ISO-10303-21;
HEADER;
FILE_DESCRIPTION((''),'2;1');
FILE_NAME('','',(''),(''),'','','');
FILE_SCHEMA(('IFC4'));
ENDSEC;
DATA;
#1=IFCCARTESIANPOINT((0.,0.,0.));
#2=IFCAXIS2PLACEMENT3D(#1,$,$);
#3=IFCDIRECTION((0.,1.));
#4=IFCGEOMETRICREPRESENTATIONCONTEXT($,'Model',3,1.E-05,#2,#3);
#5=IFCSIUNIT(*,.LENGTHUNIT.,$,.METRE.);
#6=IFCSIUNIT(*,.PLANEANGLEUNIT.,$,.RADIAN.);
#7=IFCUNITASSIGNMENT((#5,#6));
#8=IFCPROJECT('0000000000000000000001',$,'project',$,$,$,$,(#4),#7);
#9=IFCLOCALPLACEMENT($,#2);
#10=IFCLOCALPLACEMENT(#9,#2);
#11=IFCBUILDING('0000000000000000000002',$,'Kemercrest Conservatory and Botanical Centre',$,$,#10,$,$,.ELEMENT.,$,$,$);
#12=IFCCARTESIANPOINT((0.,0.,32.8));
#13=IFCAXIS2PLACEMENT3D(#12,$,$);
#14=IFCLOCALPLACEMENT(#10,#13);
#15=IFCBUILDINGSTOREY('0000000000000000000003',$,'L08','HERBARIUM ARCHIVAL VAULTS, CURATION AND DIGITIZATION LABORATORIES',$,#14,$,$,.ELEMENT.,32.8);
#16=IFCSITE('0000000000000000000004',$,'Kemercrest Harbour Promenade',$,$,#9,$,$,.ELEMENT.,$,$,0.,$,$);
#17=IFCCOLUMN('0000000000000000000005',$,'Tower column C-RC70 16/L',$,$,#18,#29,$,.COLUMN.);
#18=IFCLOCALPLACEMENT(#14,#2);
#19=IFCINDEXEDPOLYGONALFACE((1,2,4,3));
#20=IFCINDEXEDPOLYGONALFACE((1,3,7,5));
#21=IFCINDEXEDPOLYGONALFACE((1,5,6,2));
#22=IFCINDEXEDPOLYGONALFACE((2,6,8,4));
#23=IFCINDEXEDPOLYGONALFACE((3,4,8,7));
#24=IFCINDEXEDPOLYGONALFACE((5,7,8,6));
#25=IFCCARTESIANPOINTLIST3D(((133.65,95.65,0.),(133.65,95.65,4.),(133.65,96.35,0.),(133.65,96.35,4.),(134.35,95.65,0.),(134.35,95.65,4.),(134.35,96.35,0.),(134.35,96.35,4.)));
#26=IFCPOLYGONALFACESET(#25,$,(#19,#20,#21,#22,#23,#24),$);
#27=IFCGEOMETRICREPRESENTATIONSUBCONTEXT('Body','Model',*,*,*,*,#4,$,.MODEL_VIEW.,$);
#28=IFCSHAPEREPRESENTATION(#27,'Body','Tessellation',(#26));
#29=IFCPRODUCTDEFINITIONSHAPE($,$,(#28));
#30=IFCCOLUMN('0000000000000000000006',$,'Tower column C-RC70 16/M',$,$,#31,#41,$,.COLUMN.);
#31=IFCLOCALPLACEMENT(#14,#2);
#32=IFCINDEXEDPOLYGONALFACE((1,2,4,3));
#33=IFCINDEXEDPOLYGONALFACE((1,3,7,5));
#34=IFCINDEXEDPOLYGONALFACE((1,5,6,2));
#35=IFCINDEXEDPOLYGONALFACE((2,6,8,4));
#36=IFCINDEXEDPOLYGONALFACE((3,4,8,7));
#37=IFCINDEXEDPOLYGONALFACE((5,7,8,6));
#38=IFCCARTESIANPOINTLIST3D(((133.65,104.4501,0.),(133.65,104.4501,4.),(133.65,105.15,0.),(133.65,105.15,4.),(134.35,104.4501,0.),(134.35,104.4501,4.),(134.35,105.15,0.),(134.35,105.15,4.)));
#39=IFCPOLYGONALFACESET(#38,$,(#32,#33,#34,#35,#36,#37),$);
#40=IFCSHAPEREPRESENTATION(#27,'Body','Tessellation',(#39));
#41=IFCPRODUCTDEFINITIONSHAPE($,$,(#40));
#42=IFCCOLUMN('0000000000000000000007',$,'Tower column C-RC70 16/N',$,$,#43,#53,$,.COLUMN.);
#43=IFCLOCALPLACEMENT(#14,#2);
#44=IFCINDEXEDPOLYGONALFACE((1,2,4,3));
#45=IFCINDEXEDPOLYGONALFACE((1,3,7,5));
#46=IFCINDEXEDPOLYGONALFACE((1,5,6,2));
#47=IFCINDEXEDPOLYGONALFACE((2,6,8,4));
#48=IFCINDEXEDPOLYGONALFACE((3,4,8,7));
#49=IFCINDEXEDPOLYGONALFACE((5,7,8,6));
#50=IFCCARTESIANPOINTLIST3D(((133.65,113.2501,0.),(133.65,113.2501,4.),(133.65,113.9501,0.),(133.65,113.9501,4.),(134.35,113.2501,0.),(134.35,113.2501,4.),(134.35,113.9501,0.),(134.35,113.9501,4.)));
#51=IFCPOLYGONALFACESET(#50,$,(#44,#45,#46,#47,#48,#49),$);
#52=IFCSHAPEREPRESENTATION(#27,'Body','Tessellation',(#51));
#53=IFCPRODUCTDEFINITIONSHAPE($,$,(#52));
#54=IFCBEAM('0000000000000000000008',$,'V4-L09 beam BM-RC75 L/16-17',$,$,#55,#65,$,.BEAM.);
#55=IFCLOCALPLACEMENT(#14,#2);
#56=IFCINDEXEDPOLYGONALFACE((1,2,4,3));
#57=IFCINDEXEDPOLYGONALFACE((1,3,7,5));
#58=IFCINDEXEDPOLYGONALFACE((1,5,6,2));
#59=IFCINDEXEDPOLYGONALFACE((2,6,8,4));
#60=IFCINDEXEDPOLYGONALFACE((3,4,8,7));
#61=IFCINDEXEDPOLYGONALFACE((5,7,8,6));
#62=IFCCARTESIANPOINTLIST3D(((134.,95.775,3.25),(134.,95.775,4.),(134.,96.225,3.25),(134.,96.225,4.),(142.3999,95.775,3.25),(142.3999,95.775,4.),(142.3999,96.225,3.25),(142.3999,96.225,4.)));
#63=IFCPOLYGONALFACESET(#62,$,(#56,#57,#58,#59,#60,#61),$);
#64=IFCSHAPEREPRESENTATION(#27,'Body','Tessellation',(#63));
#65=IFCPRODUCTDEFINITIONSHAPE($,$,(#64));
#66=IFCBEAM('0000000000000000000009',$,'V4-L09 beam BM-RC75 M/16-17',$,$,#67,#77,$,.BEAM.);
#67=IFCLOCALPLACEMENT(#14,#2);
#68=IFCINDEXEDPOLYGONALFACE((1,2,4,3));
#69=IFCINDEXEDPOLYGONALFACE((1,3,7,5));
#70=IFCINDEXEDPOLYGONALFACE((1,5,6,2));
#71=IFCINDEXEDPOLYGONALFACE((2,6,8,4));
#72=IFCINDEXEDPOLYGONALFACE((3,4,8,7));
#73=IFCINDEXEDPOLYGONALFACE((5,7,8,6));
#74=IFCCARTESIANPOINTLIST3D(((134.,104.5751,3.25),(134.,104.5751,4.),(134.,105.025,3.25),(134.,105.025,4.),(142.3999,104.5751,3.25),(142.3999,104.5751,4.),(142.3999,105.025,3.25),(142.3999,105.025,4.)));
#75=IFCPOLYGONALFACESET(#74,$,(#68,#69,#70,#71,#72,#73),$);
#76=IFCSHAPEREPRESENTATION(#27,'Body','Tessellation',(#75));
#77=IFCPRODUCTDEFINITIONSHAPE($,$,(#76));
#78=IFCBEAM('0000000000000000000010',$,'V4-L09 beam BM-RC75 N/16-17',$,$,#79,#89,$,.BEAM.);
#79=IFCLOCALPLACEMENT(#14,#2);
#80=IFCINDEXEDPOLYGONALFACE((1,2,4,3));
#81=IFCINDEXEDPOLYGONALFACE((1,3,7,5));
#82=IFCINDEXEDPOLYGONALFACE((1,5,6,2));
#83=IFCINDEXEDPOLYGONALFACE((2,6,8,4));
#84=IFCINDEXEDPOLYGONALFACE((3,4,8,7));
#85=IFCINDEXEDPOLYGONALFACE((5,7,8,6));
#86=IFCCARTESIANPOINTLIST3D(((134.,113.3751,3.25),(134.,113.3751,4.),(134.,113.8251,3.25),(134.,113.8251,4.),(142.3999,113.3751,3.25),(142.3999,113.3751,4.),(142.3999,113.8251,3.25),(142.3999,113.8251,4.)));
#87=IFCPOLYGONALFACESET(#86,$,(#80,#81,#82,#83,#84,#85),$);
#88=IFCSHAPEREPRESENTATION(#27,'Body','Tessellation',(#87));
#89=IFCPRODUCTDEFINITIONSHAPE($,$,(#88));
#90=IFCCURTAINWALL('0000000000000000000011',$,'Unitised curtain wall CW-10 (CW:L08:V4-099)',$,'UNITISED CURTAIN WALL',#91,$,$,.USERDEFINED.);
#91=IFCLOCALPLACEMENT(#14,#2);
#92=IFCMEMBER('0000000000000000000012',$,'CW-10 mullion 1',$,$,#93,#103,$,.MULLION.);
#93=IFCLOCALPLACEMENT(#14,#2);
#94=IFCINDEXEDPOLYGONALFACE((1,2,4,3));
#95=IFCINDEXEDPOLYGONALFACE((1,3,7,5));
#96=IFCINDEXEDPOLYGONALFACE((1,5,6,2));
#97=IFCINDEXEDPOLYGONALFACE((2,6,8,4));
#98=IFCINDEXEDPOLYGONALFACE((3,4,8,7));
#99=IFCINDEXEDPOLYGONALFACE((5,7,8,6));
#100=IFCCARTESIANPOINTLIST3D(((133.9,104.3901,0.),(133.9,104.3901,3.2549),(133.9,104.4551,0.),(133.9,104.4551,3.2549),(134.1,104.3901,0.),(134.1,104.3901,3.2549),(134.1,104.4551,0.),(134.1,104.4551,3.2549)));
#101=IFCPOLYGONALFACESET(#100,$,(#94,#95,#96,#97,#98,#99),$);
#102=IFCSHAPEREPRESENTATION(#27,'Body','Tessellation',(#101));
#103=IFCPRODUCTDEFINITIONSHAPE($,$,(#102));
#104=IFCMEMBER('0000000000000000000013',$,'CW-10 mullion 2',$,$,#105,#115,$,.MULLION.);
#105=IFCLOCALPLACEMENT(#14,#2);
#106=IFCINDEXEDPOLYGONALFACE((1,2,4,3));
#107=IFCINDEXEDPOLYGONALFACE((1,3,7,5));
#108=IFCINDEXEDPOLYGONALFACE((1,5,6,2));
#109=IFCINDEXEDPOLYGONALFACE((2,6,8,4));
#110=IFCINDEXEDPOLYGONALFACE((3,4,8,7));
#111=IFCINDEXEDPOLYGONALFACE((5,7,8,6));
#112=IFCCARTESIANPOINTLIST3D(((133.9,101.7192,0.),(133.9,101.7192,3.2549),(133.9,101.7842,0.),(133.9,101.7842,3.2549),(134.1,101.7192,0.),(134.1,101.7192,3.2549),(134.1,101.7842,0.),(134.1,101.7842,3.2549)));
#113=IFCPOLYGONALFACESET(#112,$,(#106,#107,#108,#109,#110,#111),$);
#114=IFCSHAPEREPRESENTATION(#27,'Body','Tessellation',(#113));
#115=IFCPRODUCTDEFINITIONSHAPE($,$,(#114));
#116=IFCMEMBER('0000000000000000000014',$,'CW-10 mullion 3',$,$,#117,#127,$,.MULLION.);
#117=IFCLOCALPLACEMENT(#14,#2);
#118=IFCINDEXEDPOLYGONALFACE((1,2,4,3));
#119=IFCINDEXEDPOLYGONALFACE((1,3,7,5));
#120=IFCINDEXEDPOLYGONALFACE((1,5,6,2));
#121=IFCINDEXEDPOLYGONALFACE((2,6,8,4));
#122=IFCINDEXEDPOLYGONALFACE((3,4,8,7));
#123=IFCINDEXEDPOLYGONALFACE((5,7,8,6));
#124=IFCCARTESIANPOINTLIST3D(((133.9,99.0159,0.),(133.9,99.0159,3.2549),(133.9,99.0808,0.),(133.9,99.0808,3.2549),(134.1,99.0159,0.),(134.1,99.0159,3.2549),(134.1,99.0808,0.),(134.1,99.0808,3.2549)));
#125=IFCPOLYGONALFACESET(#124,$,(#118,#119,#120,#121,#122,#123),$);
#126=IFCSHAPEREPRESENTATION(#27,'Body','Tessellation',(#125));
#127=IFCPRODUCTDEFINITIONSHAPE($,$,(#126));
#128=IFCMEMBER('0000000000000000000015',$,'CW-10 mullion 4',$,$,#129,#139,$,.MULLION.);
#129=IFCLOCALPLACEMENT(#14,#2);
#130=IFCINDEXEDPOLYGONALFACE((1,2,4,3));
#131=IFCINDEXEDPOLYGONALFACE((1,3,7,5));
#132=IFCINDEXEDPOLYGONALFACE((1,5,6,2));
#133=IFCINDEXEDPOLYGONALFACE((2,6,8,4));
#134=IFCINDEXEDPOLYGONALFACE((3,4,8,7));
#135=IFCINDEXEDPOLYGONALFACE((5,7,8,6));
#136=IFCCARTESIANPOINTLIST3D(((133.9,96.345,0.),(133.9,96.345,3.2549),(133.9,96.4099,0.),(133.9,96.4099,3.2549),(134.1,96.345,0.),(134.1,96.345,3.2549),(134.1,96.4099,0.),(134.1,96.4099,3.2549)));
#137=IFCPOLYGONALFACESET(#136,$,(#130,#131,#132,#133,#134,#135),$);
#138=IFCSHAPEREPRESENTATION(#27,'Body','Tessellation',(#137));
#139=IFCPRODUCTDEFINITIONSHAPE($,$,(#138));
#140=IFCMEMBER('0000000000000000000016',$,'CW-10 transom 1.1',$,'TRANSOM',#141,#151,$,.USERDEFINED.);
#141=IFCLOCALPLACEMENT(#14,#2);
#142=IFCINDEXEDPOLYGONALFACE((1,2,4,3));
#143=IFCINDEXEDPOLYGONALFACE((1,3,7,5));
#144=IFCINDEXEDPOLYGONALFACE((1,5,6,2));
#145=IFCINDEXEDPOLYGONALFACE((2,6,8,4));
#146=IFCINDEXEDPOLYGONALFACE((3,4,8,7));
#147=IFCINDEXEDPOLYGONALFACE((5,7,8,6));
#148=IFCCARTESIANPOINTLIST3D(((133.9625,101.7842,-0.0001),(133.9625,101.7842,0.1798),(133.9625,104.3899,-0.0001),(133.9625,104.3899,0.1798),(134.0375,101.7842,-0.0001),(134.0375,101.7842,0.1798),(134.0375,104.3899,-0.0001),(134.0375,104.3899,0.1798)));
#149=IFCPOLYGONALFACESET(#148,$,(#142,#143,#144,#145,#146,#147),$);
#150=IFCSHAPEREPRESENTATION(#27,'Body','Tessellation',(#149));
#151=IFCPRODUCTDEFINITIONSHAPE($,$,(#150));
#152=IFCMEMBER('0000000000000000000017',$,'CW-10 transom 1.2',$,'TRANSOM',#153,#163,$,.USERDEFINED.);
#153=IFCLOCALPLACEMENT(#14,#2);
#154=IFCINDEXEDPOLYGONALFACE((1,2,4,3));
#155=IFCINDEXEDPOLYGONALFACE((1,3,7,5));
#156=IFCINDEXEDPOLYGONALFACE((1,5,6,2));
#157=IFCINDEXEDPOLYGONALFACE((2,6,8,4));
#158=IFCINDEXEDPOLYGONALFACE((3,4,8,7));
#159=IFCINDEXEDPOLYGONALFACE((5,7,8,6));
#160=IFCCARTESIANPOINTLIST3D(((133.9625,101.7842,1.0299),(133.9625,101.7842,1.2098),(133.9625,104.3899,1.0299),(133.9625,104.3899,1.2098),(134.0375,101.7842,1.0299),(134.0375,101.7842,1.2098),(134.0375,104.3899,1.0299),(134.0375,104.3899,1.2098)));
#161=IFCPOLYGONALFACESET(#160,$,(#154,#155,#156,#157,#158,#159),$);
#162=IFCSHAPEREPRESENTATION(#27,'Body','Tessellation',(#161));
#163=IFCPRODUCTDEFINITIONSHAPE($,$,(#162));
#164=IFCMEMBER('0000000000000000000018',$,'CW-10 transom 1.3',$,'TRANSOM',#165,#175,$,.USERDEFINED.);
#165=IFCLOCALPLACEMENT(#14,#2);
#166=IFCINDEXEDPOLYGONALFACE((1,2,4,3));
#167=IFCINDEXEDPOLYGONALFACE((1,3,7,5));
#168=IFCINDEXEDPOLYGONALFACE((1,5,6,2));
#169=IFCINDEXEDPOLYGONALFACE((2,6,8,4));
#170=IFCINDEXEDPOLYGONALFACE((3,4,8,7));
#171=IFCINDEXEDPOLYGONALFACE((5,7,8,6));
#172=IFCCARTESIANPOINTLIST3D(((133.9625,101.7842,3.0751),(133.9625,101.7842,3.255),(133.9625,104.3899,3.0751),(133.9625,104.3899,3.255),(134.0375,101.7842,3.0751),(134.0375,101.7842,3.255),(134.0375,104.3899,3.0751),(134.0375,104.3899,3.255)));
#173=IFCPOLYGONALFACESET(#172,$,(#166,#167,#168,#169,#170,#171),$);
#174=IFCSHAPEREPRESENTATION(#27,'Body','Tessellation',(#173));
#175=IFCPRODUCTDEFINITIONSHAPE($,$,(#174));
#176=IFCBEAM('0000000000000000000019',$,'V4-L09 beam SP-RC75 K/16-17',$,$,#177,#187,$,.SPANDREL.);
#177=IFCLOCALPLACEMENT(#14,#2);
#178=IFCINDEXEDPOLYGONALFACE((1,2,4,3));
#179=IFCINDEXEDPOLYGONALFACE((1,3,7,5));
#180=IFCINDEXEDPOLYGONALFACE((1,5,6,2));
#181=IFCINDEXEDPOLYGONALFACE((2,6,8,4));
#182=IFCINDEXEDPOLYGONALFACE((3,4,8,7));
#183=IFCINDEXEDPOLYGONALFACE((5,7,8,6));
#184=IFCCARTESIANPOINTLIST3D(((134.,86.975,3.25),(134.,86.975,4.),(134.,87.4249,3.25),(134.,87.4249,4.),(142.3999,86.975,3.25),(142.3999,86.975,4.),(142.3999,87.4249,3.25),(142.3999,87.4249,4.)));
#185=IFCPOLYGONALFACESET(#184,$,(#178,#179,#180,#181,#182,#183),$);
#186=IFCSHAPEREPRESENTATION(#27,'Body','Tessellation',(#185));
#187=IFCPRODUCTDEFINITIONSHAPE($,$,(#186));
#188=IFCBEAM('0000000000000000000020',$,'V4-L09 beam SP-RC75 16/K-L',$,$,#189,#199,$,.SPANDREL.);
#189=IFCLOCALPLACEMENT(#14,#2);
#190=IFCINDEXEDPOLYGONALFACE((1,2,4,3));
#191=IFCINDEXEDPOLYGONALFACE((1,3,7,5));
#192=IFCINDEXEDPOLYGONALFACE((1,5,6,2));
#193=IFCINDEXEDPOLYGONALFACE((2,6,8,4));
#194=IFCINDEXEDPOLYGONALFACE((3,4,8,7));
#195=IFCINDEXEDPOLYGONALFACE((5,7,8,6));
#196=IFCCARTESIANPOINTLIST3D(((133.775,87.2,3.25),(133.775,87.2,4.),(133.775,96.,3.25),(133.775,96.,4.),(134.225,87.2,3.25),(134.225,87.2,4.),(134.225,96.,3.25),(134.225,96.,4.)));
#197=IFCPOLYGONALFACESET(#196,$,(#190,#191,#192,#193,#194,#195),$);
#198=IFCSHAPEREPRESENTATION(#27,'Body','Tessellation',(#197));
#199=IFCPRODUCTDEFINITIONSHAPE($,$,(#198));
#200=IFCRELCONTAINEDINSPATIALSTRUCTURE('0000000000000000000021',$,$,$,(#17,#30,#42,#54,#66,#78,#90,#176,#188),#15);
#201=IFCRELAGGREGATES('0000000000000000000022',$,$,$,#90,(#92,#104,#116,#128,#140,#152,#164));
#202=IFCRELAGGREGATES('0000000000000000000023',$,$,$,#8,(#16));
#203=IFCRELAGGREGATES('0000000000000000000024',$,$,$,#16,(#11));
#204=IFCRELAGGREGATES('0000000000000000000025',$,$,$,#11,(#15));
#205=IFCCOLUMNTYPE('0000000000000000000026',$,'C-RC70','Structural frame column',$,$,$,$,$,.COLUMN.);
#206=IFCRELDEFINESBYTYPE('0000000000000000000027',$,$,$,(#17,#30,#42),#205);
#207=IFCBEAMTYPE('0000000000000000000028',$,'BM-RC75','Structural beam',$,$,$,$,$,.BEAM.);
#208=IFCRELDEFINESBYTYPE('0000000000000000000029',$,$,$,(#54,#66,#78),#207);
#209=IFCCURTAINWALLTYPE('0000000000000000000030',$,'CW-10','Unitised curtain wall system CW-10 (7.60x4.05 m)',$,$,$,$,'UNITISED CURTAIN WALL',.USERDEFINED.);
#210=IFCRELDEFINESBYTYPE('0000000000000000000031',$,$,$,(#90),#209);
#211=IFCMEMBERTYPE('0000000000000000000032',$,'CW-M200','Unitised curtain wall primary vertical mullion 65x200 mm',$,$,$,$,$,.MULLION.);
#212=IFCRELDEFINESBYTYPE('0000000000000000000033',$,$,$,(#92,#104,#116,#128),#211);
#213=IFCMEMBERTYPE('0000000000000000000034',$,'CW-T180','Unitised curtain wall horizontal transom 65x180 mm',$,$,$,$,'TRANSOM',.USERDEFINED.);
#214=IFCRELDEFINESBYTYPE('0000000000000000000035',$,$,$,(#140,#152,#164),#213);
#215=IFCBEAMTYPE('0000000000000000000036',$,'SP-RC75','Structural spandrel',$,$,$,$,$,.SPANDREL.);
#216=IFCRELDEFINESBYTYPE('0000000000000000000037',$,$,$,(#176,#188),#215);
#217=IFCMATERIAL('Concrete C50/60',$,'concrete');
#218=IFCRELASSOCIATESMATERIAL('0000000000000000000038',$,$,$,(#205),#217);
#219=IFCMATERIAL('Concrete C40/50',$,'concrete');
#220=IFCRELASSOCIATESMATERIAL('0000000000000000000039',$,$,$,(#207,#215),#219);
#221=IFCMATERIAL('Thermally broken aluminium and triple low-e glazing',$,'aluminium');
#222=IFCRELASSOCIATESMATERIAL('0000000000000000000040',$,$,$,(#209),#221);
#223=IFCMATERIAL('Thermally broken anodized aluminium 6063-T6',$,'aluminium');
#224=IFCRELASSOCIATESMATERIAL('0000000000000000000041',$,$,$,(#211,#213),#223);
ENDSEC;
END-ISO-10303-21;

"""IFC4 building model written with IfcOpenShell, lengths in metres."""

from ifc_helpers import new_model, si_unit, direction, frame, origin, origin_2d, place, context, subcontext, project, spatial, rectangle, extrude, material, material_profile, profile_set, type_object, element, aggregate, save


model = new_model("IFC4")

# Units and contexts
model_context = context("Model", 3, precision=1e-05, world=origin(), true_north=direction((0.0, 1.0)))
body_context = subcontext(model_context, "Body", "Model", "MODEL_VIEW")
ifc_project = project(units=[si_unit("LENGTHUNIT", "METRE"), si_unit("PLANEANGLEUNIT", "RADIAN")], contexts=[model_context])

# Site, building, storey
site_placement = place(None, origin())
site = spatial("IfcSite", under=ifc_project, at=site_placement, Name="Kemercrest Harbour Promenade", CompositionType="ELEMENT", RefElevation=0.0)
building_placement = place(site_placement, origin())
building = spatial("IfcBuilding", under=site, at=building_placement, Name="Kemercrest Conservatory and Botanical Centre", CompositionType="ELEMENT")
storey_placement = place(building_placement, frame((0.0, 0.0, 32.8)))
storey = spatial("IfcBuildingStorey", under=building, at=storey_placement, Name="L08", Description="HERBARIUM ARCHIVAL VAULTS, CURATION AND DIGITIZATION LABORATORIES", CompositionType="ELEMENT", Elevation=32.8)

# Columns
ifc_material_1 = material(Name="Concrete C50/60", Category="concrete")
ifc_material_profile_1 = material_profile(ifc_material_1, rectangle(XDim=0.7, YDim=0.7, at=origin_2d()), Name="RC 700x700")
ifc_profile_set_1 = profile_set([ifc_material_profile_1], Name="Concrete C50/60")
column_type = type_object("IfcColumnType", Name="C-RC70", Description="Structural frame column", PredefinedType="COLUMN", material=ifc_profile_set_1)
for number, where, z_axis, x_axis, name in (
    (1, (134.0, 96.0, 0.0), (0.0, 0.0, 1.0), (1.0, 0.0, 0.0), "Tower column C-RC70 16/L"),
    (2, (134.0, 104.8, 0.0), (0.0, 0.0, 1.0), (1.0, 0.0, 0.0), "Tower column C-RC70 16/M"),
    (3, (134.0, 113.6001, 0.0), (0.0, 0.0, 1.0), (1.0, 0.0, 0.0), "Tower column C-RC70 16/N"),
):
    element("IfcColumn", number, at=place(storey_placement, frame(where, z_axis=z_axis, x_axis=x_axis)), inside=storey, type_object=column_type, Name=name, PredefinedType="COLUMN", context=body_context, shape_type="SweptSolid", body=[
        extrude(rectangle(XDim=0.7, YDim=0.7, at=origin_2d()), origin(), (0.0, 0.0, 1.0), 4.0),
    ])

# Beams
ifc_material_2 = material(Name="Concrete C40/50", Category="concrete")
ifc_material_profile_2 = material_profile(ifc_material_2, rectangle(XDim=0.45, YDim=0.75, at=origin_2d()), Name="RC 450x750")
ifc_profile_set_2 = profile_set([ifc_material_profile_2], Name="Concrete C40/50")
beam_type_1 = type_object("IfcBeamType", Name="BM-RC75", Description="Structural beam", PredefinedType="BEAM", material=ifc_profile_set_2)
for number, where, z_axis, x_axis, name in (
    (4, (134.0, 96.0, 3.625), (1.0, 0.0, 0.0), (0.0, 1.0, 0.0), "V4-L09 beam BM-RC75 L/16-17"),
    (5, (134.0, 104.8, 3.625), (1.0, 0.0, 0.0), (0.0, 1.0, 0.0), "V4-L09 beam BM-RC75 M/16-17"),
    (6, (134.0, 113.6001, 3.625), (1.0, 0.0, 0.0), (0.0, 1.0, 0.0), "V4-L09 beam BM-RC75 N/16-17"),
):
    element("IfcBeam", number, at=place(storey_placement, frame(where, z_axis=z_axis, x_axis=x_axis)), inside=storey, type_object=beam_type_1, Name=name, PredefinedType="BEAM", context=body_context, shape_type="SweptSolid", body=[
        extrude(rectangle(XDim=0.45, YDim=0.75, at=origin_2d()), origin(), (0.0, 0.0, 1.0), 8.3999),
    ])

# Curtain wall, members
ifc_material_3 = material(Name="Thermally broken aluminium and triple low-e glazing", Category="aluminium")
curtain_wall_type = type_object("IfcCurtainWallType", Name="CW-10", Description="Unitised curtain wall system CW-10 (7.60x4.05 m)", ElementType="UNITISED CURTAIN WALL", PredefinedType="USERDEFINED", material=ifc_material_3)
curtain_wall_placement = place(storey_placement, origin())
curtain_wall = element("IfcCurtainWall", 7, at=curtain_wall_placement, inside=storey, type_object=curtain_wall_type, Name="Unitised curtain wall CW-10 (CW:L08:V4-099)", ObjectType="UNITISED CURTAIN WALL", PredefinedType="USERDEFINED")
ifc_material_4 = material(Name="Thermally broken anodized aluminium 6063-T6", Category="aluminium")
ifc_material_profile_3 = material_profile(ifc_material_4, rectangle(XDim=0.2, YDim=0.0649, at=origin_2d()), Name="AL MULLION 65x200")
ifc_profile_set_3 = profile_set([ifc_material_profile_3], Name="Thermally broken anodized aluminium 6063-T6")
member_type_1 = type_object("IfcMemberType", Name="CW-M200", Description="Unitised curtain wall primary vertical mullion 65x200 mm", PredefinedType="MULLION", material=ifc_profile_set_3)
member_1_placement = place(storey_placement, frame((134.0, 104.4226, 0.0), z_axis=(0.0, 0.0, 1.0), x_axis=(1.0, 0.0, 0.0)))
member_1 = element("IfcMember", 8, at=member_1_placement, type_object=member_type_1, Name="CW-10 mullion 1", PredefinedType="MULLION", context=body_context, shape_type="SweptSolid", body=[
    extrude(rectangle(XDim=0.2, YDim=0.0649, at=origin_2d()), origin(), (0.0, 0.0, 1.0), 3.2549),
])
member_2_placement = place(storey_placement, frame((134.0, 101.7517, 0.0), z_axis=(0.0, 0.0, 1.0), x_axis=(1.0, 0.0, 0.0)))
member_2 = element("IfcMember", 9, at=member_2_placement, type_object=member_type_1, Name="CW-10 mullion 2", PredefinedType="MULLION", context=body_context, shape_type="SweptSolid", body=[
    extrude(rectangle(XDim=0.2, YDim=0.0649, at=origin_2d()), origin(), (0.0, 0.0, 1.0), 3.2549),
])
member_3_placement = place(storey_placement, frame((134.0, 99.0483, 0.0), z_axis=(0.0, 0.0, 1.0), x_axis=(1.0, 0.0, 0.0)))
member_3 = element("IfcMember", 10, at=member_3_placement, type_object=member_type_1, Name="CW-10 mullion 3", PredefinedType="MULLION", context=body_context, shape_type="SweptSolid", body=[
    extrude(rectangle(XDim=0.2, YDim=0.0649, at=origin_2d()), origin(), (0.0, 0.0, 1.0), 3.2549),
])
member_4_placement = place(storey_placement, frame((134.0, 96.3774, 0.0), z_axis=(0.0, 0.0, 1.0), x_axis=(1.0, 0.0, 0.0)))
member_4 = element("IfcMember", 11, at=member_4_placement, type_object=member_type_1, Name="CW-10 mullion 4", PredefinedType="MULLION", context=body_context, shape_type="SweptSolid", body=[
    extrude(rectangle(XDim=0.2, YDim=0.0649, at=origin_2d()), origin(), (0.0, 0.0, 1.0), 3.2549),
])
ifc_material_profile_4 = material_profile(ifc_material_4, rectangle(XDim=0.075, YDim=0.1799, at=origin_2d()), Name="AL TRANSOM 75x180")
ifc_profile_set_4 = profile_set([ifc_material_profile_4], Name="Thermally broken anodized aluminium 6063-T6")
member_type_2 = type_object("IfcMemberType", Name="CW-T180", Description="Unitised curtain wall horizontal transom 65x180 mm", ElementType="TRANSOM", PredefinedType="USERDEFINED", material=ifc_profile_set_4)
member_5_placement = place(storey_placement, frame((134.0, 104.3899, 0.0898), z_axis=(0.0, -1.0, 0.0), x_axis=(1.0, 0.0, 0.0)))
member_5 = element("IfcMember", 12, at=member_5_placement, type_object=member_type_2, Name="CW-10 transom 1.1", ObjectType="TRANSOM", PredefinedType="USERDEFINED", context=body_context, shape_type="SweptSolid", body=[
    extrude(rectangle(XDim=0.075, YDim=0.1799, at=origin_2d()), origin(), (0.0, 0.0, 1.0), 2.6057),
])
member_6_placement = place(storey_placement, frame((134.0, 104.3899, 1.1199), z_axis=(0.0, -1.0, 0.0), x_axis=(1.0, 0.0, 0.0)))
member_6 = element("IfcMember", 13, at=member_6_placement, type_object=member_type_2, Name="CW-10 transom 1.2", ObjectType="TRANSOM", PredefinedType="USERDEFINED", context=body_context, shape_type="SweptSolid", body=[
    extrude(rectangle(XDim=0.075, YDim=0.1799, at=origin_2d()), origin(), (0.0, 0.0, 1.0), 2.6057),
])
member_7_placement = place(storey_placement, frame((134.0, 104.3899, 3.165), z_axis=(0.0, -1.0, 0.0), x_axis=(1.0, 0.0, 0.0)))
member_7 = element("IfcMember", 14, at=member_7_placement, type_object=member_type_2, Name="CW-10 transom 1.3", ObjectType="TRANSOM", PredefinedType="USERDEFINED", context=body_context, shape_type="SweptSolid", body=[
    extrude(rectangle(XDim=0.075, YDim=0.1799, at=origin_2d()), origin(), (0.0, 0.0, 1.0), 2.6057),
])

# Beams
ifc_material_profile_5 = material_profile(ifc_material_2, rectangle(XDim=0.45, YDim=0.75, at=origin_2d()), Name="RC 450x750")
ifc_profile_set_5 = profile_set([ifc_material_profile_5], Name="Concrete C40/50")
beam_type_2 = type_object("IfcBeamType", Name="SP-RC75", Description="Structural spandrel", PredefinedType="SPANDREL", material=ifc_profile_set_5)
beam_1_placement = place(storey_placement, frame((134.0, 87.2, 3.625), z_axis=(1.0, 0.0, 0.0), x_axis=(0.0, 1.0, 0.0)))
element("IfcBeam", 15, at=beam_1_placement, inside=storey, type_object=beam_type_2, Name="V4-L09 beam SP-RC75 K/16-17", PredefinedType="SPANDREL", context=body_context, shape_type="SweptSolid", body=[
    extrude(rectangle(XDim=0.45, YDim=0.75, at=origin_2d()), origin(), (0.0, 0.0, 1.0), 8.3999),
])
for number, where, z_axis, x_axis, name in (
    (16, (134.0, 87.2, 3.625), (0.0, 1.0, 0.0), (-1.0, 0.0, 0.0), "V4-L09 beam SP-RC75 16/K-L"),
):
    element("IfcBeam", number, at=place(storey_placement, frame(where, z_axis=z_axis, x_axis=x_axis)), inside=storey, type_object=beam_type_2, Name=name, PredefinedType="SPANDREL", context=body_context, shape_type="SweptSolid", body=[
        extrude(rectangle(XDim=0.45, YDim=0.75, at=origin_2d()), origin(), (0.0, 0.0, 1.0), 8.8),
    ])

aggregate(curtain_wall, [member_1, member_2, member_3, member_4, member_5, member_6, member_7])

save(model, "model.ifc")
